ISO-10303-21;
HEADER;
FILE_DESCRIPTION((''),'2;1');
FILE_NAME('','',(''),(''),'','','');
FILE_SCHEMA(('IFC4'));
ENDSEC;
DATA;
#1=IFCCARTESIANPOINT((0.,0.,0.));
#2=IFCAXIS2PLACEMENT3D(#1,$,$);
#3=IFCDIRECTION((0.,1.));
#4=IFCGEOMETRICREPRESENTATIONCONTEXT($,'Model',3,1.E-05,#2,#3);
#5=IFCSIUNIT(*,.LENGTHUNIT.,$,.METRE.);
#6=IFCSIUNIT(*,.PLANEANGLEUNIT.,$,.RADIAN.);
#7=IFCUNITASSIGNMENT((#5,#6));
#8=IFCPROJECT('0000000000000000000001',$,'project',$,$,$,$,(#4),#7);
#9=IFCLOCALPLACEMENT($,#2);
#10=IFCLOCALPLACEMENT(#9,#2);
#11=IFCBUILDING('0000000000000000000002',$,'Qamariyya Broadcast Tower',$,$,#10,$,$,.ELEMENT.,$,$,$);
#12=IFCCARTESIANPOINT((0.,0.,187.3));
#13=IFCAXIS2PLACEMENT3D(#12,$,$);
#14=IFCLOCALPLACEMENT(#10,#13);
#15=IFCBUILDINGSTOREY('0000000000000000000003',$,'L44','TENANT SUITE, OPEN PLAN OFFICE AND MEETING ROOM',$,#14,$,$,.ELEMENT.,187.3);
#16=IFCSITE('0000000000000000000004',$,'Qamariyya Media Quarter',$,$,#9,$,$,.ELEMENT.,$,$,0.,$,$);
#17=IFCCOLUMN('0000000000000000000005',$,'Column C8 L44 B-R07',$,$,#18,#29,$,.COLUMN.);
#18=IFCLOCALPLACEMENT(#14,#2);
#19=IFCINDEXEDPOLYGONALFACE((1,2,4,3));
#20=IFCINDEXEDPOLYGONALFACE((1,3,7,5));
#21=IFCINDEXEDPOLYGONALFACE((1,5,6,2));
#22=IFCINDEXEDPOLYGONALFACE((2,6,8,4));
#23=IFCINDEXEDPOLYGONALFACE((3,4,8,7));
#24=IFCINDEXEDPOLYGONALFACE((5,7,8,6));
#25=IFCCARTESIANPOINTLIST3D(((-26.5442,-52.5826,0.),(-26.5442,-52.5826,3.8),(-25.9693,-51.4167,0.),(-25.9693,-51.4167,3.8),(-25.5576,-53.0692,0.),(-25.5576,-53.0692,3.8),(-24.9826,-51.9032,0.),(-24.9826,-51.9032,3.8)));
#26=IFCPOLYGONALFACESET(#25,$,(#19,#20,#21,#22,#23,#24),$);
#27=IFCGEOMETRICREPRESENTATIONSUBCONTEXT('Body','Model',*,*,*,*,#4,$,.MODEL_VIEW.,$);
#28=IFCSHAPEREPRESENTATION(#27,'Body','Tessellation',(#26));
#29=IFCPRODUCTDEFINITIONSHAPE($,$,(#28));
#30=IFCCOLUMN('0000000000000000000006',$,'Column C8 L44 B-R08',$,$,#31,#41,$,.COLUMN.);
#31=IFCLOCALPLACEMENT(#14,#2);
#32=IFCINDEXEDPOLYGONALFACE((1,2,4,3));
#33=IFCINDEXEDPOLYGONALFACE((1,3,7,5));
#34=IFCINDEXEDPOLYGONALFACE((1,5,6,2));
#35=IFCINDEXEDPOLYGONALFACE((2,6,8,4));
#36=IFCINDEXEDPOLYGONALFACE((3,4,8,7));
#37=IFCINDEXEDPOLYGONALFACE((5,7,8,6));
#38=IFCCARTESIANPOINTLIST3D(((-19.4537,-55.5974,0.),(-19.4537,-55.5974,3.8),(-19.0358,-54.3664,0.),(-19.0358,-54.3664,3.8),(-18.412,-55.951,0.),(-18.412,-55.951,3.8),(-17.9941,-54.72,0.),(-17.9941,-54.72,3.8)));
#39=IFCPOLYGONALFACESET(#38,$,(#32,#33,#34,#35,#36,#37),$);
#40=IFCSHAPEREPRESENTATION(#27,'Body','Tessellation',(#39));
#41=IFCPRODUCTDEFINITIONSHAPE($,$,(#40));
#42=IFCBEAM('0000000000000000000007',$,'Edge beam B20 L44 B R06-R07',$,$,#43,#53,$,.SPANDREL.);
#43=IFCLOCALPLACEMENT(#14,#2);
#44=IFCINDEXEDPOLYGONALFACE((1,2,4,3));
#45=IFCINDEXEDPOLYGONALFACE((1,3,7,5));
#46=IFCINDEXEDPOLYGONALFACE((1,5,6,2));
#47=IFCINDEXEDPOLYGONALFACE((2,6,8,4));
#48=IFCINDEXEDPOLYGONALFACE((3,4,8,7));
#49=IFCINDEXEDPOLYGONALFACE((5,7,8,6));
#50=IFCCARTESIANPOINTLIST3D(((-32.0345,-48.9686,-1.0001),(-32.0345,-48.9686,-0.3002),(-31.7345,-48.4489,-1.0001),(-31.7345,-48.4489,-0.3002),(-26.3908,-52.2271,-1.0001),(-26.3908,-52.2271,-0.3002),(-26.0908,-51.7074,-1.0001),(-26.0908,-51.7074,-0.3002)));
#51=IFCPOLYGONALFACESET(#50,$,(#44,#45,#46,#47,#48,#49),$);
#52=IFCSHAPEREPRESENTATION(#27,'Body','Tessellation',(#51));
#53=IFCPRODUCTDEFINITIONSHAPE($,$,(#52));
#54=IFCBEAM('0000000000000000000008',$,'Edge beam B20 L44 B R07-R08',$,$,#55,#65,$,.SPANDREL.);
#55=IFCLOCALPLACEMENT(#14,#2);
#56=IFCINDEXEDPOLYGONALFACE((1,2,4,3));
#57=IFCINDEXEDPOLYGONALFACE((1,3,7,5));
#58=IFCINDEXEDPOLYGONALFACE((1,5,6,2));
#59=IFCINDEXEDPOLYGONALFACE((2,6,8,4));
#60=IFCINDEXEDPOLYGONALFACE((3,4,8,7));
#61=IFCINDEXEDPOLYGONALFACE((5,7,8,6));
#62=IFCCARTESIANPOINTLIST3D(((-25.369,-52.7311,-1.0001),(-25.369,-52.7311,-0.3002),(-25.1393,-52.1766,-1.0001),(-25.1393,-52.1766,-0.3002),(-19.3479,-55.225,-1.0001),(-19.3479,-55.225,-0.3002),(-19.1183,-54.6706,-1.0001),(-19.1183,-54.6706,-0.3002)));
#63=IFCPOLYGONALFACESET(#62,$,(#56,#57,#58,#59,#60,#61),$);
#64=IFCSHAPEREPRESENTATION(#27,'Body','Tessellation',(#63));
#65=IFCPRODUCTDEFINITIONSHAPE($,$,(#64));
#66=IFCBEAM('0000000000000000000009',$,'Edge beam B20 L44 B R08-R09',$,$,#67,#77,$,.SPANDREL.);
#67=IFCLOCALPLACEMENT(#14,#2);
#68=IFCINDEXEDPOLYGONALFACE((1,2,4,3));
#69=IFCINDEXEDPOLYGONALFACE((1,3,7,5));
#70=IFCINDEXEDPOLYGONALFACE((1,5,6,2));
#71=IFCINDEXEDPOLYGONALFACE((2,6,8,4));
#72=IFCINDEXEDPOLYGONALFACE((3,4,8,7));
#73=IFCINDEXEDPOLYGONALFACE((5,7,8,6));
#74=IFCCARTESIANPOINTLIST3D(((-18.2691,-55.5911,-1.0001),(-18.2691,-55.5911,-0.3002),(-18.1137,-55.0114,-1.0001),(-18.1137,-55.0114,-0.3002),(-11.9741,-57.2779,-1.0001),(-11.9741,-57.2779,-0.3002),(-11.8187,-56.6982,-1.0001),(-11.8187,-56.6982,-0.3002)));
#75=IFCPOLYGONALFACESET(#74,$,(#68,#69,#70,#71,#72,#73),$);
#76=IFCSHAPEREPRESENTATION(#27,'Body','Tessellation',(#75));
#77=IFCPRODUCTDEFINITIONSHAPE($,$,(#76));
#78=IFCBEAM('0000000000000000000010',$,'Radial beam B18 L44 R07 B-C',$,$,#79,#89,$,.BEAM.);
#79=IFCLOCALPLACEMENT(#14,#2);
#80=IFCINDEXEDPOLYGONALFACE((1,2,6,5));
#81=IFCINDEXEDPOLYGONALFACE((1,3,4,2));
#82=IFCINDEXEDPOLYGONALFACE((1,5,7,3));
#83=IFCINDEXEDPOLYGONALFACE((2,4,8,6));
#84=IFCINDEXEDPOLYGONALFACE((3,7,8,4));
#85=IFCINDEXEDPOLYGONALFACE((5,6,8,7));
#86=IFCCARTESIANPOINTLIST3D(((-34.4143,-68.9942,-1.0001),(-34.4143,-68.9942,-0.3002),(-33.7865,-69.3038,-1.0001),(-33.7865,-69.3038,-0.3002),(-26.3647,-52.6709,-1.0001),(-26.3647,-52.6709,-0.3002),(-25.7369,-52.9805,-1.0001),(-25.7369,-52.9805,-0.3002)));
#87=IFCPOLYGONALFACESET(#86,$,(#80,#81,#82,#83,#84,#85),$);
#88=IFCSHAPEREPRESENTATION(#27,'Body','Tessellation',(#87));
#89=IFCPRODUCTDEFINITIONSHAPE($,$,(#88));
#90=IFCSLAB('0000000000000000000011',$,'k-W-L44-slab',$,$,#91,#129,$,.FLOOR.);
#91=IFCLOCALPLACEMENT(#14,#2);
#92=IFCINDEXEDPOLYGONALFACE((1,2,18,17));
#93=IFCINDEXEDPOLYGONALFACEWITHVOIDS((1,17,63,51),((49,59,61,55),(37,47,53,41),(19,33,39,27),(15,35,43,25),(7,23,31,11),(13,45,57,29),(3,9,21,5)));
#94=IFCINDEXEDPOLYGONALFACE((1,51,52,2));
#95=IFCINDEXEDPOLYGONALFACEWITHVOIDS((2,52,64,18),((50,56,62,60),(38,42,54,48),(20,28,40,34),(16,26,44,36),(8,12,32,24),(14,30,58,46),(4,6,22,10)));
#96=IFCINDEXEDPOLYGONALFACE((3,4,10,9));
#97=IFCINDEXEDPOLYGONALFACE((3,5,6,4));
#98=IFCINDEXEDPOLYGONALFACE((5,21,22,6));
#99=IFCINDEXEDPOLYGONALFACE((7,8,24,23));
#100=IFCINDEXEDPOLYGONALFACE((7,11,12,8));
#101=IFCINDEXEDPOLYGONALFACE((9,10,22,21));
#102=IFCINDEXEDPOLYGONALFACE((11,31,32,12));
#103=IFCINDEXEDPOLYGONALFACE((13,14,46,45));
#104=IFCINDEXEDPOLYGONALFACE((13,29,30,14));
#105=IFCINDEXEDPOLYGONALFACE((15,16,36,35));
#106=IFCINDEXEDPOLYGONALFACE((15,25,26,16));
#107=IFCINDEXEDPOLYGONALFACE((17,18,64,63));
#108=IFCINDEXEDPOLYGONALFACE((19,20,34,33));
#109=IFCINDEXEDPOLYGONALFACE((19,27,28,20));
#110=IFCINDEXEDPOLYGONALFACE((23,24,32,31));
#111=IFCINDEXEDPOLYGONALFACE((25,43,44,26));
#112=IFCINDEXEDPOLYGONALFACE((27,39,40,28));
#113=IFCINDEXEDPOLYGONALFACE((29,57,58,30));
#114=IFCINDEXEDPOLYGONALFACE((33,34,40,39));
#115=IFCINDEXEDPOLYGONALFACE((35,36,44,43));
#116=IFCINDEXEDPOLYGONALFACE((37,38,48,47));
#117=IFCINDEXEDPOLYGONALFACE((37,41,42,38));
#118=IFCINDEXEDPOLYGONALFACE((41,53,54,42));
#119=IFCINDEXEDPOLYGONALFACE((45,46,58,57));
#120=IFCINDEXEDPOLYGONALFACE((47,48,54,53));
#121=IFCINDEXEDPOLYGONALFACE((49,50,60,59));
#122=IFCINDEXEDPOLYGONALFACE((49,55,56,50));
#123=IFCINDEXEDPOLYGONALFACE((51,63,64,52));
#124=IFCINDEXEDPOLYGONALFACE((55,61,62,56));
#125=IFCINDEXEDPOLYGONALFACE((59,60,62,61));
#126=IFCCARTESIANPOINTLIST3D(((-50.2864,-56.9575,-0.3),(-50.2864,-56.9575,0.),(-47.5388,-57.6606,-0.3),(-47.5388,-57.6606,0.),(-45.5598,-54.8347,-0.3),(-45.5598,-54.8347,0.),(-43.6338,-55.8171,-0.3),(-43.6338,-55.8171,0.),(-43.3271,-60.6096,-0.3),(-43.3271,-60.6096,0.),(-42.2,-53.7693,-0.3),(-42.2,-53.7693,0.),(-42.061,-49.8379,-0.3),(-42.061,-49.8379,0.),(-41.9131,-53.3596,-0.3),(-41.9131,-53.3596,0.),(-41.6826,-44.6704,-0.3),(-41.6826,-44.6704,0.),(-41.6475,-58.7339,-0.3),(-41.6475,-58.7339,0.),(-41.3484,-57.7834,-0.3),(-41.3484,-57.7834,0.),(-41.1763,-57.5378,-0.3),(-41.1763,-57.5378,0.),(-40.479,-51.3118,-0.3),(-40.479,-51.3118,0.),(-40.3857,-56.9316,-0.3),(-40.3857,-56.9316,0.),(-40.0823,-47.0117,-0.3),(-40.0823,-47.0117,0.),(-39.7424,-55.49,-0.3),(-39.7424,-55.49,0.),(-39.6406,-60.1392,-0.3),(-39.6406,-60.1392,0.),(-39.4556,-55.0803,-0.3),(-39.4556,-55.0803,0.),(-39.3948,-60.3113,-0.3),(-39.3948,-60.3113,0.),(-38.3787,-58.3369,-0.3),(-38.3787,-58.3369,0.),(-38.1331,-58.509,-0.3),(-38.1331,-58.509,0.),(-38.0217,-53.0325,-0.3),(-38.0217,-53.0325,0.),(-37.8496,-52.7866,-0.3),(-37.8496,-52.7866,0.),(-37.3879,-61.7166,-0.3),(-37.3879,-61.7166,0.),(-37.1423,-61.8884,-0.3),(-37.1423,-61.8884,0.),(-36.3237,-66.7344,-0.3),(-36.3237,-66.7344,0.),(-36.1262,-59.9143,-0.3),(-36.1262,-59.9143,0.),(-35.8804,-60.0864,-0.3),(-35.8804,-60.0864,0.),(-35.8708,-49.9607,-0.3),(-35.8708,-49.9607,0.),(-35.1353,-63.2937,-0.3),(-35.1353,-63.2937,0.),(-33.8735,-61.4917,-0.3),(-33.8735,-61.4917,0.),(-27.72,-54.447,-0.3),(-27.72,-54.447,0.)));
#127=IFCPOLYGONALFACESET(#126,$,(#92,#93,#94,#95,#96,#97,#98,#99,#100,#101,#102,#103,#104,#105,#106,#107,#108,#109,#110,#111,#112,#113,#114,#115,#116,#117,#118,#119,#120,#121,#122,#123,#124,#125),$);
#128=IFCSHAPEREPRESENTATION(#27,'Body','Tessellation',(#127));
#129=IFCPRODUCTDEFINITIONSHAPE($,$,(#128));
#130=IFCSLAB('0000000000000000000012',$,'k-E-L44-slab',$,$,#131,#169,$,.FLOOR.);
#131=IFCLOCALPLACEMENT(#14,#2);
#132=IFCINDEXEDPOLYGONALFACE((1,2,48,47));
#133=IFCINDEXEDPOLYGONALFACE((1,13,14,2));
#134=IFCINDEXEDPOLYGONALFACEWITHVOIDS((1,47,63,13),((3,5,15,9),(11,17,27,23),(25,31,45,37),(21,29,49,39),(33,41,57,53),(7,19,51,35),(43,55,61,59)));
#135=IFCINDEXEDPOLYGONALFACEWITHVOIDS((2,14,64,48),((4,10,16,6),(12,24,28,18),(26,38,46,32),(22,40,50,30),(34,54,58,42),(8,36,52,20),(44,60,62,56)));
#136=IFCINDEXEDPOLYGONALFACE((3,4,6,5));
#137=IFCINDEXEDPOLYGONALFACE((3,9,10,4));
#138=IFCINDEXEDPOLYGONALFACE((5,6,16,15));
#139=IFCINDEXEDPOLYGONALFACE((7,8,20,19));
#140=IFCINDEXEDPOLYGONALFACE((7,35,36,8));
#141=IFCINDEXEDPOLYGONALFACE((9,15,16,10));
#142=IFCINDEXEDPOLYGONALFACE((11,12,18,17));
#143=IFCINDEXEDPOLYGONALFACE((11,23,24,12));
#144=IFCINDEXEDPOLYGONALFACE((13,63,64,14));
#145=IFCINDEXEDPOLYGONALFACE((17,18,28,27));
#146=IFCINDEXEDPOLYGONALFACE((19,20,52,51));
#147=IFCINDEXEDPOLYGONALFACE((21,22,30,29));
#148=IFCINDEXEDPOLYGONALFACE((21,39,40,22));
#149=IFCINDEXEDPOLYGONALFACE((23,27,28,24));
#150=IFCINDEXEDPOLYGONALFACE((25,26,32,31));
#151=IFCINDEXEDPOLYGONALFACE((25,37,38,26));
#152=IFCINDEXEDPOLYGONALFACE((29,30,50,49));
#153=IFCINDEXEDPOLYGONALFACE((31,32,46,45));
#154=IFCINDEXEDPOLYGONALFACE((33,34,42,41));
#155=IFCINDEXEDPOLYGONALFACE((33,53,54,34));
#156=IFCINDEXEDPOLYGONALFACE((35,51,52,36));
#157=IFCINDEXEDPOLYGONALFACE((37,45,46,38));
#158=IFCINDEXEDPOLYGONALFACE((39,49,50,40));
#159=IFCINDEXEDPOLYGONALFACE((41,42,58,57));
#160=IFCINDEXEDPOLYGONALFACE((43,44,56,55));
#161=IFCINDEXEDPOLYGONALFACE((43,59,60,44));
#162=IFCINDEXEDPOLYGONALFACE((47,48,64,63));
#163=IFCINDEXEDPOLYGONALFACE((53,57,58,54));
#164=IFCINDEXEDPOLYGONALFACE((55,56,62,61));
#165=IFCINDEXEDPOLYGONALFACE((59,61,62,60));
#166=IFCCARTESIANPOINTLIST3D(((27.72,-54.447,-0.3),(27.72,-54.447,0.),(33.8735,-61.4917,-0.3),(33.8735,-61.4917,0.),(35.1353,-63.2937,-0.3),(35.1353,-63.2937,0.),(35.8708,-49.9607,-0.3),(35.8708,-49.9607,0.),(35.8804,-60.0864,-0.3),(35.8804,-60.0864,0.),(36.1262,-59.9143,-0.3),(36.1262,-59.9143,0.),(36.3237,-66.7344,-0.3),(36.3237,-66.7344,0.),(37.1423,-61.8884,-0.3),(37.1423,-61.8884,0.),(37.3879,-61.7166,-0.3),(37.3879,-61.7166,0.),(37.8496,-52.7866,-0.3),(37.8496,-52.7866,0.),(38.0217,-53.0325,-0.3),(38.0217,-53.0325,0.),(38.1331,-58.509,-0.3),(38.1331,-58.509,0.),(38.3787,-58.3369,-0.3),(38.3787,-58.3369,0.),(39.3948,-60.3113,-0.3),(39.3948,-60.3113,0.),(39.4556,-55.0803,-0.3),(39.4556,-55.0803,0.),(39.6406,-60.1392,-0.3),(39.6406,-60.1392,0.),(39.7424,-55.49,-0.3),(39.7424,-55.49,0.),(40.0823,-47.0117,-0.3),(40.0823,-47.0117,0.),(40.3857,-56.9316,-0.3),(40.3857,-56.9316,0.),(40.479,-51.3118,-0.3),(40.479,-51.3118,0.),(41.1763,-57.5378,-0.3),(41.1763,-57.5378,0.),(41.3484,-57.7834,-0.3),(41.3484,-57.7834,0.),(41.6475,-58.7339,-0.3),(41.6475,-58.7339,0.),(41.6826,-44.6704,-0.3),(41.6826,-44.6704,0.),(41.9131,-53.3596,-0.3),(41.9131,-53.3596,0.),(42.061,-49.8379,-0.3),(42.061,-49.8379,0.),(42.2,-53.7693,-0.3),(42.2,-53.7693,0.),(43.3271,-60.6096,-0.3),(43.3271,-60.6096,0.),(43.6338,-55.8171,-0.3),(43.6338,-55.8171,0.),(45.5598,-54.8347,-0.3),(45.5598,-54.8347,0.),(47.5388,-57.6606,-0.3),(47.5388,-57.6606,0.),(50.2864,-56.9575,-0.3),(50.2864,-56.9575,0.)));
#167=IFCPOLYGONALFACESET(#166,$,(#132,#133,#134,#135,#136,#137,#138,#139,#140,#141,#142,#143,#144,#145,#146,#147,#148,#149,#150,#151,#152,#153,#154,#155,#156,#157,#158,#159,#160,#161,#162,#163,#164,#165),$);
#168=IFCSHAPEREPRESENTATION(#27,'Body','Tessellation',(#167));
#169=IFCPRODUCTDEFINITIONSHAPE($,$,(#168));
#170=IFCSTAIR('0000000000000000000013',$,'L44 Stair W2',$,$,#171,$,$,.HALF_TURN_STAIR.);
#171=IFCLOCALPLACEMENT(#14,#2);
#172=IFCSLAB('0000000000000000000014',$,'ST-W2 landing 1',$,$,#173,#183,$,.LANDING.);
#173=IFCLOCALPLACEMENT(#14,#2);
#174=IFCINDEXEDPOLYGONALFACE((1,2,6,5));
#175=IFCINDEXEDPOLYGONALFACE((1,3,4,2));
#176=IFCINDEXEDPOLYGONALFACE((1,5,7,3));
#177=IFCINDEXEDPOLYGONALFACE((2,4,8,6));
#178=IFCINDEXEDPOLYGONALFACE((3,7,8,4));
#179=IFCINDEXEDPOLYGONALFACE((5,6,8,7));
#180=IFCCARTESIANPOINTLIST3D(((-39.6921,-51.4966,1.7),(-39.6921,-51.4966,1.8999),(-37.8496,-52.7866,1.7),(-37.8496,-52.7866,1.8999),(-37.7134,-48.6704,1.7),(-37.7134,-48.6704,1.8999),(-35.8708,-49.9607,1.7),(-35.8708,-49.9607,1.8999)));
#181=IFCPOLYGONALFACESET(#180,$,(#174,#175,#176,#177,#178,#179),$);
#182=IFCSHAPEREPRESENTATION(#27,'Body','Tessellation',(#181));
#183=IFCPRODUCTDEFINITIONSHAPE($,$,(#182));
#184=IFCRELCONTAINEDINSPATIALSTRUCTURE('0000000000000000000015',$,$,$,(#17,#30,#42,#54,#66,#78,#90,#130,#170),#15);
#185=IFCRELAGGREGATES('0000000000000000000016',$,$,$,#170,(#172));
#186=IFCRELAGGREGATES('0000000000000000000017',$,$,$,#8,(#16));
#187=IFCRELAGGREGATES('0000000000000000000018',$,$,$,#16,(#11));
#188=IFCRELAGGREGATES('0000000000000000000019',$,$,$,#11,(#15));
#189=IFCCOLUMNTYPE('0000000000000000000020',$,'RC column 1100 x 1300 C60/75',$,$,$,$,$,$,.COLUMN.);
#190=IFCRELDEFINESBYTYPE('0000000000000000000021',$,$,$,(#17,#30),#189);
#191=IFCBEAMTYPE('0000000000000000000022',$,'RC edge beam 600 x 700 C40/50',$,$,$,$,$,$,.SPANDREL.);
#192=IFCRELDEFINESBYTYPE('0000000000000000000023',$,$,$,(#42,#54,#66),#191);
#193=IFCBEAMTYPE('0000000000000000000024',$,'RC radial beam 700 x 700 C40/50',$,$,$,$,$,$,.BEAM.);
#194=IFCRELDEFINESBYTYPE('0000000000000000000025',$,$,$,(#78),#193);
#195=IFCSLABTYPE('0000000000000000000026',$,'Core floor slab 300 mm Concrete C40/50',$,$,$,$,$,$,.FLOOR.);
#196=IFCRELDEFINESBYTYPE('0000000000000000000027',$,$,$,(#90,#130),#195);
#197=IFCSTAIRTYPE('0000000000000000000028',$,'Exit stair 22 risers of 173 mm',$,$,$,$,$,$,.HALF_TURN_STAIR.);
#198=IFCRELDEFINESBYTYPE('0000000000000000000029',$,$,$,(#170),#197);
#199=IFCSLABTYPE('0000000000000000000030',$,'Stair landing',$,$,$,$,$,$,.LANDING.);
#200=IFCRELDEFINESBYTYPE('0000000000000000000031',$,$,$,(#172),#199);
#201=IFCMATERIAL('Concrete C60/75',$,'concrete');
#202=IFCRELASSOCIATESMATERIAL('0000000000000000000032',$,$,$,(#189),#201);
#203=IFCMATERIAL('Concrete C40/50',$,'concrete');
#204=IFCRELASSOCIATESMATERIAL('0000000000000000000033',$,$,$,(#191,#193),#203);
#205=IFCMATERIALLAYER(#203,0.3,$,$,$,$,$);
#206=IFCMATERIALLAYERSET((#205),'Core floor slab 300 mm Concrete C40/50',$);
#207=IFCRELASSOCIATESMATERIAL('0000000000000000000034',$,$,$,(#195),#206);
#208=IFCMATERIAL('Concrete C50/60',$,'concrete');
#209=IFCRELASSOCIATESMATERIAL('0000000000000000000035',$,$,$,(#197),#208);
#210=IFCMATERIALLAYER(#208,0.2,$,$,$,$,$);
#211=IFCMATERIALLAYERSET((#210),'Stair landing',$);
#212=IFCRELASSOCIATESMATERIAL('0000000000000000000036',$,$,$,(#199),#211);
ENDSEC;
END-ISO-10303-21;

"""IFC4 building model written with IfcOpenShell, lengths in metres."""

from ifc_helpers import new_model, si_unit, direction, frame, origin, origin_2d, place, context, subcontext, project, spatial, polyline, rectangle, outline, extrude, material, layer, layer_set, material_profile, profile_set, type_object, element, aggregate, save


model = new_model("IFC4")

# Units and contexts
model_context = context("Model", 3, precision=1e-05, world=origin(), true_north=direction((0.0, 1.0)))
body_context = subcontext(model_context, "Body", "Model", "MODEL_VIEW")
ifc_project = project(units=[si_unit("LENGTHUNIT", "METRE"), si_unit("PLANEANGLEUNIT", "RADIAN")], contexts=[model_context])

# Site, building, storey
site_placement = place(None, origin())
site = spatial("IfcSite", under=ifc_project, at=site_placement, Name="Qamariyya Media Quarter", CompositionType="ELEMENT", RefElevation=0.0)
building_placement = place(site_placement, origin())
building = spatial("IfcBuilding", under=site, at=building_placement, Name="Qamariyya Broadcast Tower", CompositionType="ELEMENT")
storey_placement = place(building_placement, frame((0.0, 0.0, 187.3)))
storey = spatial("IfcBuildingStorey", under=building, at=storey_placement, Name="L44", Description="TENANT SUITE, OPEN PLAN OFFICE AND MEETING ROOM", CompositionType="ELEMENT", Elevation=187.3)

# Columns
ifc_material_1 = material(Name="Concrete C60/75", Category="concrete")
ifc_material_profile_1 = material_profile(ifc_material_1, rectangle(XDim=1.1001, YDim=1.3, at=origin_2d()))
ifc_profile_set_1 = profile_set([ifc_material_profile_1], Name="Concrete C60/75")
column_type = type_object("IfcColumnType", Name="RC column 1100 x 1300 C60/75", PredefinedType="COLUMN", material=ifc_profile_set_1)
for number, where, z_axis, x_axis, name in (
    (1, (-25.7634, -52.2429, 0.0), (0.0, 0.0, 1.0), (0.896873, -0.442289, 0.0), "Column C8 L44 B-R07"),
    (2, (-18.7239, -55.1587, 0.0), (0.0, 0.0, 1.0), (0.94693, -0.321439, 0.0), "Column C8 L44 B-R08"),
):
    element("IfcColumn", number, at=place(storey_placement, frame(where, z_axis=z_axis, x_axis=x_axis)), inside=storey, type_object=column_type, Name=name, PredefinedType="COLUMN", context=body_context, shape_type="SweptSolid", body=[
        extrude(rectangle(XDim=1.1001, YDim=1.3, at=origin_2d()), origin(), (0.0, 0.0, 1.0), 3.8),
    ])

# Beams
ifc_material_2 = material(Name="Concrete C40/50", Category="concrete")
ifc_material_profile_2 = material_profile(ifc_material_2, rectangle(XDim=0.6001, YDim=0.7, at=origin_2d()))
ifc_profile_set_2 = profile_set([ifc_material_profile_2], Name="Concrete C40/50")
beam_type_1 = type_object("IfcBeamType", Name="RC edge beam 600 x 700 C40/50", PredefinedType="SPANDREL", material=ifc_profile_set_2)
beam_1_placement = place(storey_placement, frame((-31.8845, -48.7087, -0.6501), z_axis=(0.866019, -0.500011, 0.0), x_axis=(0.500011, 0.866019, 0.0)))
element("IfcBeam", 3, at=beam_1_placement, inside=storey, type_object=beam_type_1, Name="Edge beam B20 L44 B R06-R07", PredefinedType="SPANDREL", context=body_context, shape_type="SweptSolid", body=[
    extrude(rectangle(XDim=0.6001, YDim=0.7, at=origin_2d()), origin(), (0.0, 0.0, 1.0), 6.5168),
])
for number, where, z_axis, x_axis, name in (
    (4, (-25.2542, -52.4539, -0.6501), (0.923884, -0.382673, 0.0), (0.382673, 0.923884, 0.0), "Edge beam B20 L44 B R07-R08"),
    (5, (-18.1914, -55.3013, -0.6501), (0.965924, -0.258826, 0.0), (0.258826, 0.965924, 0.0), "Edge beam B20 L44 B R08-R09"),
):
    element("IfcBeam", number, at=place(storey_placement, frame(where, z_axis=z_axis, x_axis=x_axis)), inside=storey, type_object=beam_type_1, Name=name, PredefinedType="SPANDREL", context=body_context, shape_type="SweptSolid", body=[
        extrude(rectangle(XDim=0.6001, YDim=0.7, at=origin_2d()), origin(), (0.0, 0.0, 1.0), 6.5171),
    ])
ifc_material_profile_3 = material_profile(ifc_material_2, rectangle(XDim=0.7, YDim=0.7, at=origin_2d()))
ifc_profile_set_3 = profile_set([ifc_material_profile_3], Name="Concrete C40/50")
beam_type_2 = type_object("IfcBeamType", Name="RC radial beam 700 x 700 C40/50", PredefinedType="BEAM", material=ifc_profile_set_3)
beam_2_placement = place(storey_placement, frame((-26.0508, -52.8257, -0.6501), z_axis=(-0.442281, -0.896876, 0.0), x_axis=(0.896876, -0.442281, 0.0)))
element("IfcBeam", 6, at=beam_2_placement, inside=storey, type_object=beam_type_2, Name="Radial beam B18 L44 R07 B-C", PredefinedType="BEAM", context=body_context, shape_type="SweptSolid", body=[
    extrude(rectangle(XDim=0.7, YDim=0.7, at=origin_2d()), origin(), (0.0, 0.0, 1.0), 18.2002),
])

# Slabs
ifc_layer_1 = layer(ifc_material_2, 0.3)
ifc_layer_set_1 = layer_set([ifc_layer_1], Name="Core floor slab 300 mm Concrete C40/50")
slab_type_1 = type_object("IfcSlabType", Name="Core floor slab 300 mm Concrete C40/50", PredefinedType="FLOOR", material=ifc_layer_set_1)
slab_1_placement = place(storey_placement, frame((0.0, 0.0, -0.3)))
element("IfcSlab", 7, at=slab_1_placement, inside=storey, type_object=slab_type_1, Name="k-W-L44-slab", PredefinedType="FLOOR", context=body_context, shape_type="SweptSolid", body=[
    extrude(outline(polyline([(-50.2864, -56.9575), (-36.3237, -66.7344), (-27.72, -54.447), (-41.6826, -44.6704), (-50.2864, -56.9575)]), holes=[polyline([(-33.8735, -61.4917), (-35.8804, -60.0864), (-37.1423, -61.8884), (-35.1353, -63.2937), (-33.8735, -61.4917)]), polyline([(-36.1262, -59.9143), (-38.1331, -58.509), (-39.3948, -60.3113), (-37.3879, -61.7166), (-36.1262, -59.9143)]), polyline([(-38.3787, -58.3369), (-40.3857, -56.9316), (-41.6475, -58.7339), (-39.6406, -60.1392), (-38.3787, -58.3369)]), polyline([(-39.7424, -55.49), (-42.2, -53.7693), (-43.6338, -55.8171), (-41.1763, -57.5378), (-39.7424, -55.49)]), polyline([(-39.4556, -55.0803), (-41.9131, -53.3596), (-40.479, -51.3118), (-38.0217, -53.0325), (-39.4556, -55.0803)]), polyline([(-42.061, -49.8379), (-37.8496, -52.7866), (-35.8708, -49.9607), (-40.0823, -47.0117), (-42.061, -49.8379)]), polyline([(-47.5388, -57.6606), (-43.3271, -60.6096), (-41.3484, -57.7834), (-45.5598, -54.8347), (-47.5388, -57.6606)])]), origin(), (0.0, 0.0, 1.0), 0.3),
])
slab_2_placement = place(storey_placement, frame((0.0, 0.0, -0.3)))
element("IfcSlab", 8, at=slab_2_placement, inside=storey, type_object=slab_type_1, Name="k-E-L44-slab", PredefinedType="FLOOR", context=body_context, shape_type="SweptSolid", body=[
    extrude(outline(polyline([(36.3237, -66.7344), (50.2864, -56.9575), (41.6826, -44.6704), (27.72, -54.447), (36.3237, -66.7344)]), holes=[polyline([(33.8735, -61.4917), (35.8804, -60.0864), (37.1423, -61.8884), (35.1353, -63.2937), (33.8735, -61.4917)]), polyline([(36.1262, -59.9143), (38.1331, -58.509), (39.3948, -60.3113), (37.3879, -61.7166), (36.1262, -59.9143)]), polyline([(38.3787, -58.3369), (40.3857, -56.9316), (41.6475, -58.7339), (39.6406, -60.1392), (38.3787, -58.3369)]), polyline([(39.7424, -55.49), (42.2, -53.7693), (43.6338, -55.8171), (41.1763, -57.5378), (39.7424, -55.49)]), polyline([(39.4556, -55.0803), (41.9131, -53.3596), (40.479, -51.3118), (38.0217, -53.0325), (39.4556, -55.0803)]), polyline([(40.0823, -47.0117), (35.8708, -49.9607), (37.8496, -52.7866), (42.061, -49.8379), (40.0823, -47.0117)]), polyline([(45.5598, -54.8347), (41.3484, -57.7834), (43.3271, -60.6096), (47.5388, -57.6606), (45.5598, -54.8347)])]), origin(), (0.0, 0.0, 1.0), 0.3),
])

# Stair, slab
ifc_material_3 = material(Name="Concrete C50/60", Category="concrete")
stair_type = type_object("IfcStairType", Name="Exit stair 22 risers of 173 mm", PredefinedType="HALF_TURN_STAIR", material=ifc_material_3)
stair_1_placement = place(storey_placement, origin())
stair_1 = element("IfcStair", 9, at=stair_1_placement, inside=storey, type_object=stair_type, Name="L44 Stair W2", PredefinedType="HALF_TURN_STAIR")
ifc_layer_2 = layer(ifc_material_3, 0.2)
ifc_layer_set_2 = layer_set([ifc_layer_2], Name="Stair landing")
slab_type_2 = type_object("IfcSlabType", Name="Stair landing", PredefinedType="LANDING", material=ifc_layer_set_2)
slab_3_placement = place(storey_placement, frame((0.0, 0.0, 1.7)))
slab_3 = element("IfcSlab", 10, at=slab_3_placement, type_object=slab_type_2, Name="ST-W2 landing 1", PredefinedType="LANDING", context=body_context, shape_type="SweptSolid", body=[
    extrude(outline(polyline([(-39.6921, -51.4966), (-37.8496, -52.7866), (-35.8708, -49.9607), (-37.7134, -48.6704), (-39.6921, -51.4966)])), origin(), (0.0, 0.0, 1.0), 0.2),
])
aggregate(stair_1, [slab_3])

save(model, "model.ifc")
